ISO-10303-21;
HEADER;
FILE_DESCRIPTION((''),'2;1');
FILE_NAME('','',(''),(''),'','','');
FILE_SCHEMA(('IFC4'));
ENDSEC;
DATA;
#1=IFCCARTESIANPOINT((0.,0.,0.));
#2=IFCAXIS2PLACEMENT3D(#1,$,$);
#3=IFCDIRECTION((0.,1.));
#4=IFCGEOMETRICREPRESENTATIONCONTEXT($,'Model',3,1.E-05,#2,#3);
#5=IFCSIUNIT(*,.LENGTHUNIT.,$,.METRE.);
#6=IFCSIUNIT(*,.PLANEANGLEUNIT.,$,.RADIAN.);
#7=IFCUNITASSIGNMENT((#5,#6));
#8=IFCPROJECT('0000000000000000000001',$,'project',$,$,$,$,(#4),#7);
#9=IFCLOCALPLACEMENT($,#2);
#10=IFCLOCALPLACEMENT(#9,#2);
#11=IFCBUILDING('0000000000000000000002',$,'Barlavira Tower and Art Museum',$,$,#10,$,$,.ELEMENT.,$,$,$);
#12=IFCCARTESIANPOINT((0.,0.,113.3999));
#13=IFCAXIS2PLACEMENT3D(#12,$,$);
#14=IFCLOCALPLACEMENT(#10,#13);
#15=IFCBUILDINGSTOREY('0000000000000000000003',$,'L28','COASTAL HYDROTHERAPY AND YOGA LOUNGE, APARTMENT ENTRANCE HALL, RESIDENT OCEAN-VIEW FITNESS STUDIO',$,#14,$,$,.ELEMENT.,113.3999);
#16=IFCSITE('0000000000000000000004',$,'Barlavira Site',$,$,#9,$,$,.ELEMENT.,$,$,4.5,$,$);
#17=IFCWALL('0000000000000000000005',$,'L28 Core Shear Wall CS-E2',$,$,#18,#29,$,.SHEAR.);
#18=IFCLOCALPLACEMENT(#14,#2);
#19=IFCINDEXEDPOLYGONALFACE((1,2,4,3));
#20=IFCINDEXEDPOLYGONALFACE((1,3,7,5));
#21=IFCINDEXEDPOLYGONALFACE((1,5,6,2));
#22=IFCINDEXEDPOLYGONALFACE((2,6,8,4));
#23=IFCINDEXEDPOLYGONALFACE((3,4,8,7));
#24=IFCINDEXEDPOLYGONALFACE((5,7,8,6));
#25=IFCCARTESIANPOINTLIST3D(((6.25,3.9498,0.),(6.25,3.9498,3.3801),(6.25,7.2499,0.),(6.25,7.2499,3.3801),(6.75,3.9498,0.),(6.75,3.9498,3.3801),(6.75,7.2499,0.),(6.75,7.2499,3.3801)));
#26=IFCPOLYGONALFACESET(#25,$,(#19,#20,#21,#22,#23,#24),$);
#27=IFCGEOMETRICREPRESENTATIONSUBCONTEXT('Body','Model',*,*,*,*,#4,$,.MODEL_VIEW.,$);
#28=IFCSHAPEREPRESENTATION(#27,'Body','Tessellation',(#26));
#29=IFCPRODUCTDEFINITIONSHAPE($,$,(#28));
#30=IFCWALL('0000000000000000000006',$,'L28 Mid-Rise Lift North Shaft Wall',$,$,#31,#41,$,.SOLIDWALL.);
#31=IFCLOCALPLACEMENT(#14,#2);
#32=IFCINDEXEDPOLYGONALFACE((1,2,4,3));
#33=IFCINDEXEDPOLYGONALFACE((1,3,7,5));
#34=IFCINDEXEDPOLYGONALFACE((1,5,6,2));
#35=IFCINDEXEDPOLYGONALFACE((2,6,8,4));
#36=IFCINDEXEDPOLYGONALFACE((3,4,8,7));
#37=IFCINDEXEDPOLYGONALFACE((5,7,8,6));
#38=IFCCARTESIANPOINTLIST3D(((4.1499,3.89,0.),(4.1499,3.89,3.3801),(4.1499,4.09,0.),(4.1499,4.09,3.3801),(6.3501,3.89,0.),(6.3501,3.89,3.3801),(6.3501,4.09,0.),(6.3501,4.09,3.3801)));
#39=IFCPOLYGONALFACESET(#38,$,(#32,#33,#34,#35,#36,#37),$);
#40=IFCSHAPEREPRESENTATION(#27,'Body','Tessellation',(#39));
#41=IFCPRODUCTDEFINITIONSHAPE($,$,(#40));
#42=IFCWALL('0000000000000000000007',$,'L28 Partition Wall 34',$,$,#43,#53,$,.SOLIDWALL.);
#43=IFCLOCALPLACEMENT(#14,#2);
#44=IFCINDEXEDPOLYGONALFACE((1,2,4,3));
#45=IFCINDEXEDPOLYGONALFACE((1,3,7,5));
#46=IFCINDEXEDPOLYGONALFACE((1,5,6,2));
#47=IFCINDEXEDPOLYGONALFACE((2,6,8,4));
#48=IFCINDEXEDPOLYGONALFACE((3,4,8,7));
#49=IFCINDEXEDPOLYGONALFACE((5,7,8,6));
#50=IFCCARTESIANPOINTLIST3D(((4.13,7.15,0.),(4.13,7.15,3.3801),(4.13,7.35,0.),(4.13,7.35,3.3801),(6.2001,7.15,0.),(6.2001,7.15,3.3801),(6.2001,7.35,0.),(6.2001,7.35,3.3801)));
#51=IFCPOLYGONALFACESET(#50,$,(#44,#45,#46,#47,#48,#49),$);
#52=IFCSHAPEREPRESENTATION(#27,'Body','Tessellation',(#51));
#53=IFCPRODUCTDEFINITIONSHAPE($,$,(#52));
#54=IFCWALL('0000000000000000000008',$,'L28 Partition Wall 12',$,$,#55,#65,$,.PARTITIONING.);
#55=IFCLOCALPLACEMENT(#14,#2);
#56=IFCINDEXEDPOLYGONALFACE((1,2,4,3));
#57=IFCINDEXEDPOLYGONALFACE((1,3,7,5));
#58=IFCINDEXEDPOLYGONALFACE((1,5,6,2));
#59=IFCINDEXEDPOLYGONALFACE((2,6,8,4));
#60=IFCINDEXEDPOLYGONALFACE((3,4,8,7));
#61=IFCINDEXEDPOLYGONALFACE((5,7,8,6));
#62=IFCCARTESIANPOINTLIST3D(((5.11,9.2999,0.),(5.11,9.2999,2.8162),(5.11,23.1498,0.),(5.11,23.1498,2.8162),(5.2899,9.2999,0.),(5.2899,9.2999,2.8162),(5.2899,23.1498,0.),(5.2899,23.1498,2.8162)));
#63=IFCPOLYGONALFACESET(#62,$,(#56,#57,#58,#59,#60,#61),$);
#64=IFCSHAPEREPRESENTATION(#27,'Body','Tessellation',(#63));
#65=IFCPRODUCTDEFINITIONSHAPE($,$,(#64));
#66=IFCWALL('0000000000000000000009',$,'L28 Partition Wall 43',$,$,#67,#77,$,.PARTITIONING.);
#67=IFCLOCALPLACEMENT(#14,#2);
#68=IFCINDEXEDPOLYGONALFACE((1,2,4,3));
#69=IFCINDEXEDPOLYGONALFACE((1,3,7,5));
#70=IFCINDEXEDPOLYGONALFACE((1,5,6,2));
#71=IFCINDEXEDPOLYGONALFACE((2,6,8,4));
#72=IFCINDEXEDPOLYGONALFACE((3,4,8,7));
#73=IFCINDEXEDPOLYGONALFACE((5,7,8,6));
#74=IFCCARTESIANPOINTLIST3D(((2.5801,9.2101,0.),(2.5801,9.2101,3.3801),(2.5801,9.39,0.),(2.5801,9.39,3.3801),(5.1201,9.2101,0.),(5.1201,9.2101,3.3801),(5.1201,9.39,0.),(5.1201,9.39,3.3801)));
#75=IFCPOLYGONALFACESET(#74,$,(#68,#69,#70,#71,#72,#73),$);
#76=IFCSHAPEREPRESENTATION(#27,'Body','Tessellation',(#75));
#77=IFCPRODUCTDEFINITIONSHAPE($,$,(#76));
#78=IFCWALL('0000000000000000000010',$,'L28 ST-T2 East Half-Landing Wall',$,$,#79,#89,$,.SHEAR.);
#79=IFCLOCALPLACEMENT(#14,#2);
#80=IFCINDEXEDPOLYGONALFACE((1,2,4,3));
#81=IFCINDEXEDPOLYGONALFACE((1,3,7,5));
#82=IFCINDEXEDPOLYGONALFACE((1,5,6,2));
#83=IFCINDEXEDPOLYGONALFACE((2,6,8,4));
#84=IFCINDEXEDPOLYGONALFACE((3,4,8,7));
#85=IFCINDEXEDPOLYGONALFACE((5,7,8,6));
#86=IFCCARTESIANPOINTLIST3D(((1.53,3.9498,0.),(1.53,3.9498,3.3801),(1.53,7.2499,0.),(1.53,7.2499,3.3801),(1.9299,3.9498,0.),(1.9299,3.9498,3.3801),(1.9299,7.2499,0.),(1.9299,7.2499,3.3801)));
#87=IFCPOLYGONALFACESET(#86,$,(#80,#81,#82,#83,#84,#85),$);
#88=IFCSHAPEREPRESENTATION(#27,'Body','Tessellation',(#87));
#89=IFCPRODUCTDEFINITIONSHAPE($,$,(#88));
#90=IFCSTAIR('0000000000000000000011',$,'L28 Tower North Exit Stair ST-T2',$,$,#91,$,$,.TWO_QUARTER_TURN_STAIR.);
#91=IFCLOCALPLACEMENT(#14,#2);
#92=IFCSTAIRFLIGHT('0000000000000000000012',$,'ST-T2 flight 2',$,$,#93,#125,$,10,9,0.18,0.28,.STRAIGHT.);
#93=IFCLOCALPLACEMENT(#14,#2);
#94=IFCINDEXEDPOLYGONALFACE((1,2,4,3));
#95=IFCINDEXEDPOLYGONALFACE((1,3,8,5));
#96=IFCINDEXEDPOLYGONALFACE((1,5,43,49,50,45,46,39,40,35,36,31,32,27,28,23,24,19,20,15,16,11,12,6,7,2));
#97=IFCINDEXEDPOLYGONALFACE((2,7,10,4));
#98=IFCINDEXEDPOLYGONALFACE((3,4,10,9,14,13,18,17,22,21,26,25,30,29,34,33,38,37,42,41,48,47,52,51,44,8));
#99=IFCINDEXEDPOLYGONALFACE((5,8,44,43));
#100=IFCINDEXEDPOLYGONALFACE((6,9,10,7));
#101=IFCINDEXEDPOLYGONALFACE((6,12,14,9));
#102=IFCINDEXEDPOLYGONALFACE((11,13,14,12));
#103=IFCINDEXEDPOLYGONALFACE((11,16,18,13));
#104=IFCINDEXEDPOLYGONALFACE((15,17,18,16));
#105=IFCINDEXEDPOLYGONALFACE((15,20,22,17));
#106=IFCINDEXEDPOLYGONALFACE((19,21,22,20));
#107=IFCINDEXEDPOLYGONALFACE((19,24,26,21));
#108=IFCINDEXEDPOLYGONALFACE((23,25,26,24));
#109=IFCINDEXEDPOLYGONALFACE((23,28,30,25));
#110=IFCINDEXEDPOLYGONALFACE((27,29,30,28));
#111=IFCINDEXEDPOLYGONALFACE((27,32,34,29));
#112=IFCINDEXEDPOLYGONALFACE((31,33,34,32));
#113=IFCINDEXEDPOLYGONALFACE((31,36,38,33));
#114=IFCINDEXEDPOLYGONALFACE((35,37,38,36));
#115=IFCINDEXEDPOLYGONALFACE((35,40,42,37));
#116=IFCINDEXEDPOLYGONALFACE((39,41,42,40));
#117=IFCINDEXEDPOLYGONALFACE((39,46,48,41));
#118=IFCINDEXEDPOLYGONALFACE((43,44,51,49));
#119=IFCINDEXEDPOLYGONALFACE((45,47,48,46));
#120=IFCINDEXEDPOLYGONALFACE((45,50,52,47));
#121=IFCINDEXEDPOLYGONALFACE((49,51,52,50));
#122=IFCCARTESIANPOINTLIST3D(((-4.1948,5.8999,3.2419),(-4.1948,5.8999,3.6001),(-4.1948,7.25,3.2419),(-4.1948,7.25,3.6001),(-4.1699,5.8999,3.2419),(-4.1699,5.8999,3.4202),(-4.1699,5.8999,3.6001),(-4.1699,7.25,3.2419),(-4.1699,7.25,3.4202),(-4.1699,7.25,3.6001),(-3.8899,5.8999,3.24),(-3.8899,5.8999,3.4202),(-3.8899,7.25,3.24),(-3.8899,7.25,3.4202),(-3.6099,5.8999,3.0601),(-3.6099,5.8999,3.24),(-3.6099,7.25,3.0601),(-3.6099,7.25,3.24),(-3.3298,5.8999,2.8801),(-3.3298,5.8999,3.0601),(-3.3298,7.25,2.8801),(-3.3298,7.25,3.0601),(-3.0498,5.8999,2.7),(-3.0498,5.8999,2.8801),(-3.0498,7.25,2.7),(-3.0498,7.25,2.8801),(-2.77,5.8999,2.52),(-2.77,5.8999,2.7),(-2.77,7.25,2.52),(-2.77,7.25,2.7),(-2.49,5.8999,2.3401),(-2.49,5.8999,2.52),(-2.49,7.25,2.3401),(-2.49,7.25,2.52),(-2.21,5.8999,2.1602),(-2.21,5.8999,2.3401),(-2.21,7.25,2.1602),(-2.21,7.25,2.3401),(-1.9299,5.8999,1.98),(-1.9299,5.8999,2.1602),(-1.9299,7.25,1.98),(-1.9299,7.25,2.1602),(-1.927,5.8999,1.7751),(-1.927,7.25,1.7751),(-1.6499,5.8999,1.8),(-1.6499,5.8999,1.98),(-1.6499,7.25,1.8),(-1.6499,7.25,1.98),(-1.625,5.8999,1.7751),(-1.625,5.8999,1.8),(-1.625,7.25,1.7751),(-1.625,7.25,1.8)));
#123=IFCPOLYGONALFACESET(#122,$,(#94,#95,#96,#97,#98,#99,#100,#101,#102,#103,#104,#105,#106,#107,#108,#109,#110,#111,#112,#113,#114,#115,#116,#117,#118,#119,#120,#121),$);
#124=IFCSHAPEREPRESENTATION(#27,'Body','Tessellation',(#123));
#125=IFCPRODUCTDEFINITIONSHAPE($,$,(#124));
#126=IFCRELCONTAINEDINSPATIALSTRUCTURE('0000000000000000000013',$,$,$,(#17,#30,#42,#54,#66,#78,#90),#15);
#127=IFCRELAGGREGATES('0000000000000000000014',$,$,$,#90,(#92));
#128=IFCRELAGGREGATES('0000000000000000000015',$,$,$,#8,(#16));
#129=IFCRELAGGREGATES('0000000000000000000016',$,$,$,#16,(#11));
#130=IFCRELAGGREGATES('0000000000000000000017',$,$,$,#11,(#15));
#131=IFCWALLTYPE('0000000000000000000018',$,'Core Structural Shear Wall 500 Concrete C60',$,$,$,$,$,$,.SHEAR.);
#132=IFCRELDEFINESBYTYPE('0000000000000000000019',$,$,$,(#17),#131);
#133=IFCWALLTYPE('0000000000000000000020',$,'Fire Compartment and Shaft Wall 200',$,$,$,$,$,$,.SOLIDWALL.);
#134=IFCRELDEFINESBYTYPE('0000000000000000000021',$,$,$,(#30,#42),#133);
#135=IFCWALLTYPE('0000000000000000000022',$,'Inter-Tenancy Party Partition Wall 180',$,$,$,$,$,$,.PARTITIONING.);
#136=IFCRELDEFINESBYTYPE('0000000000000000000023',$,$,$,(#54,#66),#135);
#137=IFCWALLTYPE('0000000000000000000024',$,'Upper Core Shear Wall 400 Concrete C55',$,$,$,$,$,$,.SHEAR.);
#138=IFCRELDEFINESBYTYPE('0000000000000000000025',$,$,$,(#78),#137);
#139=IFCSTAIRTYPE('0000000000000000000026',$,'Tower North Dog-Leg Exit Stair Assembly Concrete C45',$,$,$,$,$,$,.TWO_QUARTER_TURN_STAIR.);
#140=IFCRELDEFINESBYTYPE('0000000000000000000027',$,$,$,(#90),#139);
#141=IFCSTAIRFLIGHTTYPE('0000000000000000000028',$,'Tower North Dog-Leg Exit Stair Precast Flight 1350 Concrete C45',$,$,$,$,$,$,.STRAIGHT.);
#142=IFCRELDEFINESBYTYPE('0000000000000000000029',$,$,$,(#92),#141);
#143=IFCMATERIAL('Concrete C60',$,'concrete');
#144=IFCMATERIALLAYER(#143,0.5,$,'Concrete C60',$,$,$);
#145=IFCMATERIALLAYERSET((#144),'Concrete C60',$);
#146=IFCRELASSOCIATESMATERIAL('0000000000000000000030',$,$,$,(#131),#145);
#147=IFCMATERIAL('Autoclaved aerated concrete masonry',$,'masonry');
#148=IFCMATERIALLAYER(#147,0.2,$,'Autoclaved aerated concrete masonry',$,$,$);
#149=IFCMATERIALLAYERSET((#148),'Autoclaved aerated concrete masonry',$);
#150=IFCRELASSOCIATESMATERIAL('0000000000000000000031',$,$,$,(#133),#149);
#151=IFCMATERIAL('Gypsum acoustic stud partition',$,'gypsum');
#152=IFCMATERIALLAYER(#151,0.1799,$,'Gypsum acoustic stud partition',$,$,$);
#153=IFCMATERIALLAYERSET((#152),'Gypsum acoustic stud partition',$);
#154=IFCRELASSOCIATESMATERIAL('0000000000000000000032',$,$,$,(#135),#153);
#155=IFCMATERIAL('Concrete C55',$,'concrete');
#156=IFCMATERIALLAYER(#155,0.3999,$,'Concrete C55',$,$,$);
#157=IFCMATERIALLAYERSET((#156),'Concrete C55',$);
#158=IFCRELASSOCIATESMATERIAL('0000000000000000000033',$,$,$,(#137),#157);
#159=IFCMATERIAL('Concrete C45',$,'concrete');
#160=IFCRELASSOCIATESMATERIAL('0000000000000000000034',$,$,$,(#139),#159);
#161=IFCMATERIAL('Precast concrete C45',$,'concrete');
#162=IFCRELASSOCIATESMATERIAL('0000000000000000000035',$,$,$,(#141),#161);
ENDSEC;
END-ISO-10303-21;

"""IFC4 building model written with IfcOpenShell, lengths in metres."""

from ifc_helpers import new_model, si_unit, direction, frame, frame_2d, origin, place, context, subcontext, project, spatial, polyline, rectangle, outline, extrude, material, layer, layer_set, type_object, element, aggregate, save


model = new_model("IFC4")

# Units and contexts
model_context = context("Model", 3, precision=1e-05, world=origin(), true_north=direction((0.0, 1.0)))
body_context = subcontext(model_context, "Body", "Model", "MODEL_VIEW")
ifc_project = project(units=[si_unit("LENGTHUNIT", "METRE"), si_unit("PLANEANGLEUNIT", "RADIAN")], contexts=[model_context])

# Site, building, storey
site_placement = place(None, origin())
site = spatial("IfcSite", under=ifc_project, at=site_placement, Name="Barlavira Site", CompositionType="ELEMENT", RefElevation=4.5)
building_placement = place(site_placement, origin())
building = spatial("IfcBuilding", under=site, at=building_placement, Name="Barlavira Tower and Art Museum", CompositionType="ELEMENT")
storey_placement = place(building_placement, frame((0.0, 0.0, 113.3999)))
storey = spatial("IfcBuildingStorey", under=building, at=storey_placement, Name="L28", Description="COASTAL HYDROTHERAPY AND YOGA LOUNGE, APARTMENT ENTRANCE HALL, RESIDENT OCEAN-VIEW FITNESS STUDIO", CompositionType="ELEMENT", Elevation=113.3999)

# Shared definitions
ifc_material_1 = material(Name="Gypsum acoustic stud partition", Category="gypsum")

# Walls
ifc_material_2 = material(Name="Concrete C60", Category="concrete")
ifc_layer_1 = layer(ifc_material_2, 0.5, Name="Concrete C60")
ifc_layer_set_1 = layer_set([ifc_layer_1], Name="Concrete C60")
wall_type_1 = type_object("IfcWallType", Name="Core Structural Shear Wall 500 Concrete C60", PredefinedType="SHEAR", material=ifc_layer_set_1)
wall_1_placement = place(storey_placement, frame((6.5, 3.95, 0.0), z_axis=(0.0, 0.0, 1.0), x_axis=(0.0, 1.0, 0.0)))
element("IfcWall", 1, at=wall_1_placement, inside=storey, type_object=wall_type_1, Name="L28 Core Shear Wall CS-E2", PredefinedType="SHEAR", context=body_context, shape_type="SweptSolid", body=[
    extrude(rectangle(XDim=3.3, YDim=0.5, at=frame_2d((1.6499, 0.0))), origin(), (0.0, 0.0, 1.0), 3.3801),
])
ifc_material_3 = material(Name="Autoclaved aerated concrete masonry", Category="masonry")
ifc_layer_2 = layer(ifc_material_3, 0.2, Name="Autoclaved aerated concrete masonry")
ifc_layer_set_2 = layer_set([ifc_layer_2], Name="Autoclaved aerated concrete masonry")
wall_type_2 = type_object("IfcWallType", Name="Fire Compartment and Shaft Wall 200", PredefinedType="SOLIDWALL", material=ifc_layer_set_2)
wall_2_placement = place(storey_placement, frame((4.1499, 3.99, 0.0), z_axis=(0.0, 0.0, 1.0), x_axis=(1.0, 0.0, 0.0)))
element("IfcWall", 2, at=wall_2_placement, inside=storey, type_object=wall_type_2, Name="L28 Mid-Rise Lift North Shaft Wall", PredefinedType="SOLIDWALL", context=body_context, shape_type="SweptSolid", body=[
    extrude(rectangle(XDim=2.2002, YDim=0.2, at=frame_2d((1.1001, 0.0))), origin(), (0.0, 0.0, 1.0), 3.3801),
])

# Walls
wall_3_placement = place(storey_placement, frame((4.1299, 7.25, 0.0), z_axis=(0.0, 0.0, 1.0), x_axis=(1.0, 0.0, 0.0)))
element("IfcWall", 3, at=wall_3_placement, inside=storey, type_object=wall_type_2, Name="L28 Partition Wall 34", PredefinedType="SOLIDWALL", context=body_context, shape_type="SweptSolid", body=[
    extrude(rectangle(XDim=2.0701, YDim=0.2, at=frame_2d((1.0352, 0.0))), origin(), (0.0, 0.0, 1.0), 3.3801),
])
ifc_layer_3 = layer(ifc_material_1, 0.1799, Name="Gypsum acoustic stud partition")
ifc_layer_set_3 = layer_set([ifc_layer_3], Name="Gypsum acoustic stud partition")
wall_type_3 = type_object("IfcWallType", Name="Inter-Tenancy Party Partition Wall 180", PredefinedType="PARTITIONING", material=ifc_layer_set_3)
wall_4_placement = place(storey_placement, frame((5.2, 9.3, 0.0), z_axis=(0.0, 0.0, 1.0), x_axis=(0.0, 1.0, 0.0)))
element("IfcWall", 4, at=wall_4_placement, inside=storey, type_object=wall_type_3, Name="L28 Partition Wall 12", PredefinedType="PARTITIONING", context=body_context, shape_type="SweptSolid", body=[
    extrude(rectangle(XDim=13.8499, YDim=0.1799, at=frame_2d((6.9248, 0.0))), origin(), (0.0, 0.0, 1.0), 2.8162),
])
wall_5_placement = place(storey_placement, frame((2.5801, 9.3, 0.0), z_axis=(0.0, 0.0, 1.0), x_axis=(1.0, 0.0, 0.0)))
element("IfcWall", 5, at=wall_5_placement, inside=storey, type_object=wall_type_3, Name="L28 Partition Wall 43", PredefinedType="PARTITIONING", context=body_context, shape_type="SweptSolid", body=[
    extrude(rectangle(XDim=2.54, YDim=0.1799, at=frame_2d((1.27, 0.0))), origin(), (0.0, 0.0, 1.0), 3.3801),
])

# Wall
ifc_material_4 = material(Name="Concrete C55", Category="concrete")
ifc_layer_4 = layer(ifc_material_4, 0.3999, Name="Concrete C55")
ifc_layer_set_4 = layer_set([ifc_layer_4], Name="Concrete C55")
wall_type_4 = type_object("IfcWallType", Name="Upper Core Shear Wall 400 Concrete C55", PredefinedType="SHEAR", material=ifc_layer_set_4)
wall_6_placement = place(storey_placement, frame((1.73, 3.95, 0.0), z_axis=(0.0, 0.0, 1.0), x_axis=(0.0, 1.0, 0.0)))
element("IfcWall", 6, at=wall_6_placement, inside=storey, type_object=wall_type_4, Name="L28 ST-T2 East Half-Landing Wall", PredefinedType="SHEAR", context=body_context, shape_type="SweptSolid", body=[
    extrude(rectangle(XDim=3.3, YDim=0.3999, at=frame_2d((1.6499, 0.0))), origin(), (0.0, 0.0, 1.0), 3.3801),
])

# Stair, stair flight
ifc_material_5 = material(Name="Concrete C45", Category="concrete")
stair_type = type_object("IfcStairType", Name="Tower North Dog-Leg Exit Stair Assembly Concrete C45", PredefinedType="TWO_QUARTER_TURN_STAIR", material=ifc_material_5)
stair_placement = place(storey_placement, origin())
stair = element("IfcStair", 7, at=stair_placement, inside=storey, type_object=stair_type, Name="L28 Tower North Exit Stair ST-T2", PredefinedType="TWO_QUARTER_TURN_STAIR")
ifc_material_6 = material(Name="Precast concrete C45", Category="concrete")
stair_flight_type = type_object("IfcStairFlightType", Name="Tower North Dog-Leg Exit Stair Precast Flight 1350 Concrete C45", PredefinedType="STRAIGHT", material=ifc_material_6)
stair_flight_placement = place(storey_placement, frame((-1.6499, 6.575, 1.8), z_axis=(0.0, 0.0, 1.0), x_axis=(-1.0, 0.0, 0.0)))
stair_flight = element("IfcStairFlight", 8, at=stair_flight_placement, type_object=stair_flight_type, Name="ST-T2 flight 2", NumberOfRisers=10, NumberOfTreads=9, PredefinedType="STRAIGHT", RiserHeight=0.18, TreadLength=0.28, context=body_context, shape_type="SweptSolid", body=[
    extrude(outline(polyline([(-0.0249, 0.0), (0.0, 0.0), (0.0, 0.1799), (0.28, 0.1799), (0.28, 0.3601), (0.5601, 0.3601), (0.5601, 0.54), (0.8401, 0.54), (0.8401, 0.72), (1.1201, 0.72), (1.1201, 0.8999), (1.3999, 0.8999), (1.3999, 1.0801), (1.6799, 1.0801), (1.6799, 1.26), (1.96, 1.26), (1.96, 1.4399), (2.24, 1.4399), (2.24, 1.6201), (2.52, 1.6201), (2.52, 1.8), (2.5449, 1.8), (2.5449, 1.4419), (2.52, 1.4419), (0.2771, -0.0249), (-0.0249, -0.0249), (-0.0249, 0.0)])), frame((0.0, 0.675, 0.0), z_axis=(0.0, -1.0, 0.0), x_axis=(1.0, 0.0, 0.0)), (0.0, 0.0, 1.0), 1.3501),
])
aggregate(stair, [stair_flight])

save(model, "model.ifc")
